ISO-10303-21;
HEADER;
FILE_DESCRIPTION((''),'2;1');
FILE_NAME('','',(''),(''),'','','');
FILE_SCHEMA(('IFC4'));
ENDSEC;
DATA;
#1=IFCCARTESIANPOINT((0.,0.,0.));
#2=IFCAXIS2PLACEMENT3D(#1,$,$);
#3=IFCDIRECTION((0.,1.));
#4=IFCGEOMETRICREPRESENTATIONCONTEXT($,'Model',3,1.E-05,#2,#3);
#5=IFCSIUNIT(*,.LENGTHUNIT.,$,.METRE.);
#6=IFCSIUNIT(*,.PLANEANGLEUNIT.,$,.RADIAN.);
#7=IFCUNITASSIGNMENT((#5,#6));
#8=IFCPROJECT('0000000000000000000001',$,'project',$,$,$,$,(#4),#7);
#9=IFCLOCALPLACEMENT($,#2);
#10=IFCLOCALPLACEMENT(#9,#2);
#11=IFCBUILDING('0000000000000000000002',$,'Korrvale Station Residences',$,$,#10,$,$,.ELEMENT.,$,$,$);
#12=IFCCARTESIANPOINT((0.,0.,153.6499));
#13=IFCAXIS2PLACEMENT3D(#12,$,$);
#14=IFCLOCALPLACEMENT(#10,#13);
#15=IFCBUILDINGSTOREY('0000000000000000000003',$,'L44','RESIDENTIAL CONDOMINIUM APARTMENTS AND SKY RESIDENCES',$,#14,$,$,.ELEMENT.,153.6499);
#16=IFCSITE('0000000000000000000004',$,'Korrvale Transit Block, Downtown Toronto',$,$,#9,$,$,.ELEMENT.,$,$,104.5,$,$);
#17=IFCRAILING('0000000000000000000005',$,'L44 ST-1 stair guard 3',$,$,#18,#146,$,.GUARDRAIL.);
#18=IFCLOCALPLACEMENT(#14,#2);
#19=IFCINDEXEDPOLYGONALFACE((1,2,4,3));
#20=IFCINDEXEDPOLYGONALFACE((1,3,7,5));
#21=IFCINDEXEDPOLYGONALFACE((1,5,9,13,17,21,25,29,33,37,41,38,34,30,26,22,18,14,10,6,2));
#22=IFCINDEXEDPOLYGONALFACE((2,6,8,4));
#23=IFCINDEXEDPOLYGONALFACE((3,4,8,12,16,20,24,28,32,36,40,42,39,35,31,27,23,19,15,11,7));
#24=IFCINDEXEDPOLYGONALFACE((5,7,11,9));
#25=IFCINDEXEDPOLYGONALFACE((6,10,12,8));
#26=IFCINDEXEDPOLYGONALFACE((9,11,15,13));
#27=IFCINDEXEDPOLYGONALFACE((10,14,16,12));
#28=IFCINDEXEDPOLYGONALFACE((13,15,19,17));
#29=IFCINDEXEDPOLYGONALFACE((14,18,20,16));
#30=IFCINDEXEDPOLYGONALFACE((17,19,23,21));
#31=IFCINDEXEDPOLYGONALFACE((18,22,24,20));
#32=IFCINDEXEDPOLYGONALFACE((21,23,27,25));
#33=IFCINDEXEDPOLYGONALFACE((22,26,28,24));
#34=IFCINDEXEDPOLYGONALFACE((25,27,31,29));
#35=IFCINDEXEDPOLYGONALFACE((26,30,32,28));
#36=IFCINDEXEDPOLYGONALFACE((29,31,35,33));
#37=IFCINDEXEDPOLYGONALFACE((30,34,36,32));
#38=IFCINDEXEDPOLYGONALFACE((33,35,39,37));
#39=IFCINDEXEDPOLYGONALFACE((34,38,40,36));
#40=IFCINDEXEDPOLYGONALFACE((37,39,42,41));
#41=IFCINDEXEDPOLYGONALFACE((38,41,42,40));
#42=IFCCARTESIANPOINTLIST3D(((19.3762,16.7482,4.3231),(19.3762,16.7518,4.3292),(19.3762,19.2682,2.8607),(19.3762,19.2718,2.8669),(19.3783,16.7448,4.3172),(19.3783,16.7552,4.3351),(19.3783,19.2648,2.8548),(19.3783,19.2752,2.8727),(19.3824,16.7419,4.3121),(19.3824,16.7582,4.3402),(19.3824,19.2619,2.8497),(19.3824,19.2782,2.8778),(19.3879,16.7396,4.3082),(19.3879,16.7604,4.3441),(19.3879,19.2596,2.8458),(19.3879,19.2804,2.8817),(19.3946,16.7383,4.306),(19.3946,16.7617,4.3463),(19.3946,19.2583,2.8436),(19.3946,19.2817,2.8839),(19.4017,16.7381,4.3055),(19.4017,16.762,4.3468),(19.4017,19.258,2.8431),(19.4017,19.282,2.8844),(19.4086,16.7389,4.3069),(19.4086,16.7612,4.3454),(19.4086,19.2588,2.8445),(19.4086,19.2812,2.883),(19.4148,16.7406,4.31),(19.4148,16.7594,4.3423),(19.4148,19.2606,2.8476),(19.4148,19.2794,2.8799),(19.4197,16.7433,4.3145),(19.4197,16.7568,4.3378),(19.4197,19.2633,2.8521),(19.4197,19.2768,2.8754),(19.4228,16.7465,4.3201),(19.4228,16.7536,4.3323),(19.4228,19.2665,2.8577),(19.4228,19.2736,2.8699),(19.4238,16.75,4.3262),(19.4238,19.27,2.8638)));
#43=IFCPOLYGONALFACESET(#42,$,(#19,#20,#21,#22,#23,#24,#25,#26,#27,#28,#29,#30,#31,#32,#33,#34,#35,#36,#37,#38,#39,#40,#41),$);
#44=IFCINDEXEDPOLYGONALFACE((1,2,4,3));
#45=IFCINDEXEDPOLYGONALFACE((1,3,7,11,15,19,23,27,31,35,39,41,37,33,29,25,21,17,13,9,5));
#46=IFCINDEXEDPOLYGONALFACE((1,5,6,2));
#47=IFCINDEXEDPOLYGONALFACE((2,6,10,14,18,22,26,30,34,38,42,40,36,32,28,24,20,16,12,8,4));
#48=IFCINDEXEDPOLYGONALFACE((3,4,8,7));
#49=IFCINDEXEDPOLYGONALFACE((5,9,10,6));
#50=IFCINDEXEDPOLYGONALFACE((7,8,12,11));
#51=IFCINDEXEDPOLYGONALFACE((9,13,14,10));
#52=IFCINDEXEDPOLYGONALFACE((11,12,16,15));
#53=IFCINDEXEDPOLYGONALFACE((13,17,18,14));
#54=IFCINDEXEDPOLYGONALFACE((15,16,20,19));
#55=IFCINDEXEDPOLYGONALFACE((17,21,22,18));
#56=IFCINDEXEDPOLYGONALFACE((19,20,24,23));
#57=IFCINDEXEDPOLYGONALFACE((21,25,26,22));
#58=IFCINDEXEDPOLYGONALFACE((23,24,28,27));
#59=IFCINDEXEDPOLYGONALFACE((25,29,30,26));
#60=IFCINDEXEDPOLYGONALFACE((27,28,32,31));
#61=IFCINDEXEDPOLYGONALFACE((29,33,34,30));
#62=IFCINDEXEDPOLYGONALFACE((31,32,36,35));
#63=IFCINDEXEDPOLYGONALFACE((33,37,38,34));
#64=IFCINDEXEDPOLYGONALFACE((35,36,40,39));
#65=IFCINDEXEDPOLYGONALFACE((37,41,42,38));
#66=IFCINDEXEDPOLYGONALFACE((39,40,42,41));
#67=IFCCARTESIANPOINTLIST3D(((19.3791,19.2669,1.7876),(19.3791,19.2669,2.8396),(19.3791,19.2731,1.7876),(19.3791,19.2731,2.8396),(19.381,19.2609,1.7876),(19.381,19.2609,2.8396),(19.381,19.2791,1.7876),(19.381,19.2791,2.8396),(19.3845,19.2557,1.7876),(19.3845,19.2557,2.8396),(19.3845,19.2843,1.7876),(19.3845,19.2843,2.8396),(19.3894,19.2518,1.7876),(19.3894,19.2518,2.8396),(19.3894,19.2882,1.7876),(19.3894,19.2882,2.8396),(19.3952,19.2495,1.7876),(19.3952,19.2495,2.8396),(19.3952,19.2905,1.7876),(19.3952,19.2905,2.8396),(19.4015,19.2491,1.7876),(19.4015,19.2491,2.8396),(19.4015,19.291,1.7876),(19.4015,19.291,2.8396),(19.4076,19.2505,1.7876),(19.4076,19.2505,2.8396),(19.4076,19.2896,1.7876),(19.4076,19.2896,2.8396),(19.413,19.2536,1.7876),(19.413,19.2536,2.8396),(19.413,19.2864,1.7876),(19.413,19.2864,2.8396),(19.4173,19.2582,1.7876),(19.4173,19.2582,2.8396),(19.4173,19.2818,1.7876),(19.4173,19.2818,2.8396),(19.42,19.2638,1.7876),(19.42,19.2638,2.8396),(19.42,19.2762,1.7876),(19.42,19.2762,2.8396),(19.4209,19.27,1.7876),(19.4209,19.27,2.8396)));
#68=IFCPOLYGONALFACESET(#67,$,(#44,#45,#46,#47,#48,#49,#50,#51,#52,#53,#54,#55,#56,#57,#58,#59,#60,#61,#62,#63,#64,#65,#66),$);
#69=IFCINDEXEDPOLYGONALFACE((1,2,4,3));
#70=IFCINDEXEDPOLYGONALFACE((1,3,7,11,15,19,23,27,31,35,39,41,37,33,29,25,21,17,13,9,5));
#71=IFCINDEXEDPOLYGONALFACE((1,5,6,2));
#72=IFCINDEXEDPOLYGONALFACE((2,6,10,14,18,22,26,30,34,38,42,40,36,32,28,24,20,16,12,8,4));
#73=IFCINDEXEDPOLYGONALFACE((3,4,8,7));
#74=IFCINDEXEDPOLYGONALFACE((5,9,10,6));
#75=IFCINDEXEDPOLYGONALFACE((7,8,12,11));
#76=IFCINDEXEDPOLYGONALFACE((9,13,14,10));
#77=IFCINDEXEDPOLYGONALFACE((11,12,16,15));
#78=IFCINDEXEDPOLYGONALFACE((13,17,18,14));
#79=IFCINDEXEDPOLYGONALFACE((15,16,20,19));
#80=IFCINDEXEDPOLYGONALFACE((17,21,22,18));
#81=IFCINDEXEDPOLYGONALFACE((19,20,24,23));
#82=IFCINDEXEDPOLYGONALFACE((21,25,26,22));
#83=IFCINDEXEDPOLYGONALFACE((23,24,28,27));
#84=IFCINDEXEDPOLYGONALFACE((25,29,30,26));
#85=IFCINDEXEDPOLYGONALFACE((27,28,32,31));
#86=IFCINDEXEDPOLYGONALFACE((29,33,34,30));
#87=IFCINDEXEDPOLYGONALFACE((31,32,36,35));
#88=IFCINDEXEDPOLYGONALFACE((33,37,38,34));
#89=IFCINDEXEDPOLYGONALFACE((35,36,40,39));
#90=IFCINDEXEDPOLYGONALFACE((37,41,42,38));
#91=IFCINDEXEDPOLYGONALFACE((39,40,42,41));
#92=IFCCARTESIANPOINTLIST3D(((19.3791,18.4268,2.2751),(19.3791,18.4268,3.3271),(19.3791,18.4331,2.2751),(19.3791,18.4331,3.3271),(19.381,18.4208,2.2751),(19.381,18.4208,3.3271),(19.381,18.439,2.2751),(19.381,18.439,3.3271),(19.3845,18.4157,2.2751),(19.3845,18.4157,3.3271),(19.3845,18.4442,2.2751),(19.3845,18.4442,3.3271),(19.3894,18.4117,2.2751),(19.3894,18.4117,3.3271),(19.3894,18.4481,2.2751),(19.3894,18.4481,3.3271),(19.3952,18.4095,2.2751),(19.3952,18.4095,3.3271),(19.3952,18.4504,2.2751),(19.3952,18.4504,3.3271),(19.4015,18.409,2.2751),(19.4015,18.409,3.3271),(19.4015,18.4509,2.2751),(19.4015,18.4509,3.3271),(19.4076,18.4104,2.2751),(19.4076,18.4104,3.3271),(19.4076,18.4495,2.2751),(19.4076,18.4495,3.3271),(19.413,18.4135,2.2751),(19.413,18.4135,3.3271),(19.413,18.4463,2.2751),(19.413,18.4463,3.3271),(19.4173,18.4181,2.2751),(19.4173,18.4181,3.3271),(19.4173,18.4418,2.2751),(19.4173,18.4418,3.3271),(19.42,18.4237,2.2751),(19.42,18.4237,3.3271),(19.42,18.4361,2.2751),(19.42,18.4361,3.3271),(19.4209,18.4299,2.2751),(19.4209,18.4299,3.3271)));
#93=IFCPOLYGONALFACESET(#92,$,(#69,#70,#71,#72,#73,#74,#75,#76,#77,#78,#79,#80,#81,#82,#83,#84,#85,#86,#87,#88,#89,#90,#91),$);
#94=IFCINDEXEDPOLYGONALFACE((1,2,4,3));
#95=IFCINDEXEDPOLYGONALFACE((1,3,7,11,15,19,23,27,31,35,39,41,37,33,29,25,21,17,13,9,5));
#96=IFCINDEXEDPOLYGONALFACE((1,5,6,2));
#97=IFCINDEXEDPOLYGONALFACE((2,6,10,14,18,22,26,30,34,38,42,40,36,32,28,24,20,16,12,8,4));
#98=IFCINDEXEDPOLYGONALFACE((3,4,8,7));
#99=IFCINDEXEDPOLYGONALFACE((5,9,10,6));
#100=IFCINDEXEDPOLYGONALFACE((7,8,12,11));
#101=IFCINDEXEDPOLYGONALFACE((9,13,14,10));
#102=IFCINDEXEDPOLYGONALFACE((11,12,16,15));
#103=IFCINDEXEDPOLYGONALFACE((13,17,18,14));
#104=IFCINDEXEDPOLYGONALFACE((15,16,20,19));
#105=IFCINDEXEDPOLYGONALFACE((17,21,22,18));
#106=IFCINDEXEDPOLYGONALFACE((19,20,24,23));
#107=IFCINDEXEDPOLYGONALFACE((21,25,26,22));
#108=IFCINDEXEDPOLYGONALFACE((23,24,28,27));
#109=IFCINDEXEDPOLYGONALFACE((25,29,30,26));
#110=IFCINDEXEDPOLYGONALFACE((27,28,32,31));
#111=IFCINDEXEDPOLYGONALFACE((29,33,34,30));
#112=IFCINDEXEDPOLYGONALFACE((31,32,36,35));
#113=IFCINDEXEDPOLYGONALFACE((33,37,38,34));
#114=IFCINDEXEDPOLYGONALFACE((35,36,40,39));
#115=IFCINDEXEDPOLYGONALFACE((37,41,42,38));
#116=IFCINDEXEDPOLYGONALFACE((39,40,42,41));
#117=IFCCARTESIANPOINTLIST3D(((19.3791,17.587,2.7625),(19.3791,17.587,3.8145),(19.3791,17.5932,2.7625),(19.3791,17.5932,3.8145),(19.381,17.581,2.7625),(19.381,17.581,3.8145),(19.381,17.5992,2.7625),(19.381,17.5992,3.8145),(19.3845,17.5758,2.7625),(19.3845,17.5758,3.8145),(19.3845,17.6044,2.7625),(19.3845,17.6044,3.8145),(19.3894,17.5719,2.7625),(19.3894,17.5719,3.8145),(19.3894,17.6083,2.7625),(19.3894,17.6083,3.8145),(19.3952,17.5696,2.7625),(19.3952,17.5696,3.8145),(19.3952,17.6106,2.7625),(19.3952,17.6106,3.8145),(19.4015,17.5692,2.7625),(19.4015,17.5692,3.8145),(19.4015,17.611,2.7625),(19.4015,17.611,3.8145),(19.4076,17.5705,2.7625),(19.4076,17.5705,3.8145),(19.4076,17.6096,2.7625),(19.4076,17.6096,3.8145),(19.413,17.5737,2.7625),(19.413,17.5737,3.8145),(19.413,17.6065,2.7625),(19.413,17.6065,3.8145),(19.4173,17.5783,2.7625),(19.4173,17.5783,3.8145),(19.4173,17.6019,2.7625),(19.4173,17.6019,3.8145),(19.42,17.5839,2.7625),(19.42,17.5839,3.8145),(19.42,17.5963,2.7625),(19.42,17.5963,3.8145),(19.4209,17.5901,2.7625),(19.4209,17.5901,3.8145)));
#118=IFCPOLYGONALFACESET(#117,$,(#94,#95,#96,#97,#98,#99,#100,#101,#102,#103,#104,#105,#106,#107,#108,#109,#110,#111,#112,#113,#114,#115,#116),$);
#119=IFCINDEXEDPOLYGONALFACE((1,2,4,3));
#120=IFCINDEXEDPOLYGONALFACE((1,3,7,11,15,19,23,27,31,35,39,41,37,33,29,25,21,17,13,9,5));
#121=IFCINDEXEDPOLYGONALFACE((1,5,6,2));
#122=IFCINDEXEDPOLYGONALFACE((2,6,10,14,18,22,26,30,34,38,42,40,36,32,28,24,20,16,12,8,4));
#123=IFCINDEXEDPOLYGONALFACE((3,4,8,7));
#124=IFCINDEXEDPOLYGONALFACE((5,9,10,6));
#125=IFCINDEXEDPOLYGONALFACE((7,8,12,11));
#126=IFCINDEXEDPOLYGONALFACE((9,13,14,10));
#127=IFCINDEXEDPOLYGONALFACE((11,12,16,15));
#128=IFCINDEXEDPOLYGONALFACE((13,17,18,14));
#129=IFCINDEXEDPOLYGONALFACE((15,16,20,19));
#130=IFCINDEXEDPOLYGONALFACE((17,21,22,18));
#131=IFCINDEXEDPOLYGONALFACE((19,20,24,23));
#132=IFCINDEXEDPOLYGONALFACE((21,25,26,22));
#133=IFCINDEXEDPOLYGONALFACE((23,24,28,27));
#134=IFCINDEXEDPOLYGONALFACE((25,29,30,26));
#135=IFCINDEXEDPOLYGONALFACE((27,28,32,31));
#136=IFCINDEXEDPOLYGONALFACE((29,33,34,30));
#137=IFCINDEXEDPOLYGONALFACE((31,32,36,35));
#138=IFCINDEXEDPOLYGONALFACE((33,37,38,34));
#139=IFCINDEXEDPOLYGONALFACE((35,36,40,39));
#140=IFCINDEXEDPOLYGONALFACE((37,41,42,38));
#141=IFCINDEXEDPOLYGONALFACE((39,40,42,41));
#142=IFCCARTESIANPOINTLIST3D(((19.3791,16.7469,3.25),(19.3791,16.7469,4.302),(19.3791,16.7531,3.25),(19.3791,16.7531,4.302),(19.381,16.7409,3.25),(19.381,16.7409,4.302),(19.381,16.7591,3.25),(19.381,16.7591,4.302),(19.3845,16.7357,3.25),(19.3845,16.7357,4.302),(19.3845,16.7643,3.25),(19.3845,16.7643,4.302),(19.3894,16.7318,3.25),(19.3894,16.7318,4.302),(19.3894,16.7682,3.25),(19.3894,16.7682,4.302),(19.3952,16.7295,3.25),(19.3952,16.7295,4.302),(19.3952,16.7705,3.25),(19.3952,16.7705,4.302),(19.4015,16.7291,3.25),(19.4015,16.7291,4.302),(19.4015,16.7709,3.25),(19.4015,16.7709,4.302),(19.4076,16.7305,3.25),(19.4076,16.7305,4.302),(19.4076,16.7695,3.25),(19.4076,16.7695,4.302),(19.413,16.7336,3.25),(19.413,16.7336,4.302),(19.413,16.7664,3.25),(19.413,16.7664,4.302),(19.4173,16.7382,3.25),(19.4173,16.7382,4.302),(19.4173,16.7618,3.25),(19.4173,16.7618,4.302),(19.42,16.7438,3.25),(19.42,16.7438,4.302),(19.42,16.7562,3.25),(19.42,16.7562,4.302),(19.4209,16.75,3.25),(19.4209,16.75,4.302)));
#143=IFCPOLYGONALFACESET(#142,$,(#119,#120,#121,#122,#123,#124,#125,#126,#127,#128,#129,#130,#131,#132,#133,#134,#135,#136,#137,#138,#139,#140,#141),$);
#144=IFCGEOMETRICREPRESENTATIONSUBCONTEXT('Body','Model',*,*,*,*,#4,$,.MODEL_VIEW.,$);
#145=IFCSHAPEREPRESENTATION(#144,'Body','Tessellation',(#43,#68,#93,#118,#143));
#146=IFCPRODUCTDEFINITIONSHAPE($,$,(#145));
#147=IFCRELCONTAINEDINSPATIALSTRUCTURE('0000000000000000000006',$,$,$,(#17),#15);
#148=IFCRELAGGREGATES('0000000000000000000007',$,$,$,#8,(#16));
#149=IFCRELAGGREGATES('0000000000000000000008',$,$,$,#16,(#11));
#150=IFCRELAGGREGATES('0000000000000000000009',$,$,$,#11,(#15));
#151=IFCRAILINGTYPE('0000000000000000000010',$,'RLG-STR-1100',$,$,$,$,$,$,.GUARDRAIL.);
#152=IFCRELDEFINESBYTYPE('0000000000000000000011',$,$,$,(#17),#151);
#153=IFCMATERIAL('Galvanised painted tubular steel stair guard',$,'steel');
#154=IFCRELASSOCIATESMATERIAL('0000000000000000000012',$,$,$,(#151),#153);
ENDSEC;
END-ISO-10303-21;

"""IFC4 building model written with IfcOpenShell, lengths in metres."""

from ifc_helpers import new_model, si_unit, direction, frame, origin, origin_2d, place, context, subcontext, project, spatial, circle, extrude, material, type_object, element, save


model = new_model("IFC4")

# Units and contexts
model_context = context("Model", 3, precision=1e-05, world=origin(), true_north=direction((0.0, 1.0)))
body_context = subcontext(model_context, "Body", "Model", "MODEL_VIEW")
ifc_project = project(units=[si_unit("LENGTHUNIT", "METRE"), si_unit("PLANEANGLEUNIT", "RADIAN")], contexts=[model_context])

# Site, building, storey
site_placement = place(None, origin())
site = spatial("IfcSite", under=ifc_project, at=site_placement, Name="Korrvale Transit Block, Downtown Toronto", CompositionType="ELEMENT", RefElevation=104.5)
building_placement = place(site_placement, origin())
building = spatial("IfcBuilding", under=site, at=building_placement, Name="Korrvale Station Residences", CompositionType="ELEMENT")
storey_placement = place(building_placement, frame((0.0, 0.0, 153.6499)))
storey = spatial("IfcBuildingStorey", under=building, at=storey_placement, Name="L44", Description="RESIDENTIAL CONDOMINIUM APARTMENTS AND SKY RESIDENCES", CompositionType="ELEMENT", Elevation=153.6499)

# Railing
ifc_material_1 = material(Name="Galvanised painted tubular steel stair guard", Category="steel")
railing_type_1 = type_object("IfcRailingType", Name="RLG-STR-1100", PredefinedType="GUARDRAIL", material=ifc_material_1)
railing_1_placement = place(storey_placement, frame((19.3999, 19.27, 1.7876)))
element("IfcRailing", 1, at=railing_1_placement, inside=storey, type_object=railing_type_1, Name="L44 ST-1 stair guard 3", PredefinedType="GUARDRAIL", context=body_context, shape_type="SweptSolid", body=[
    extrude(circle(Radius=0.0239, at=origin_2d()), frame((0.0, 0.0, 1.0762), z_axis=(0.0, -0.864913, 0.501921), x_axis=(1.0, 0.0, 0.0)), (0.0, 0.0, 1.0), 2.9136),
    extrude(circle(Radius=0.021, at=origin_2d()), origin(), (0.0, 0.0, 1.0), 1.052),
    extrude(circle(Radius=0.021, at=origin_2d()), frame((0.0, -0.8401, 0.4875)), (0.0, 0.0, 1.0), 1.052),
    extrude(circle(Radius=0.021, at=origin_2d()), frame((0.0, -1.6799, 0.9749)), (0.0, 0.0, 1.0), 1.052),
    extrude(circle(Radius=0.021, at=origin_2d()), frame((0.0, -2.52, 1.4624)), (0.0, 0.0, 1.0), 1.052),
])

save(model, "model.ifc")
